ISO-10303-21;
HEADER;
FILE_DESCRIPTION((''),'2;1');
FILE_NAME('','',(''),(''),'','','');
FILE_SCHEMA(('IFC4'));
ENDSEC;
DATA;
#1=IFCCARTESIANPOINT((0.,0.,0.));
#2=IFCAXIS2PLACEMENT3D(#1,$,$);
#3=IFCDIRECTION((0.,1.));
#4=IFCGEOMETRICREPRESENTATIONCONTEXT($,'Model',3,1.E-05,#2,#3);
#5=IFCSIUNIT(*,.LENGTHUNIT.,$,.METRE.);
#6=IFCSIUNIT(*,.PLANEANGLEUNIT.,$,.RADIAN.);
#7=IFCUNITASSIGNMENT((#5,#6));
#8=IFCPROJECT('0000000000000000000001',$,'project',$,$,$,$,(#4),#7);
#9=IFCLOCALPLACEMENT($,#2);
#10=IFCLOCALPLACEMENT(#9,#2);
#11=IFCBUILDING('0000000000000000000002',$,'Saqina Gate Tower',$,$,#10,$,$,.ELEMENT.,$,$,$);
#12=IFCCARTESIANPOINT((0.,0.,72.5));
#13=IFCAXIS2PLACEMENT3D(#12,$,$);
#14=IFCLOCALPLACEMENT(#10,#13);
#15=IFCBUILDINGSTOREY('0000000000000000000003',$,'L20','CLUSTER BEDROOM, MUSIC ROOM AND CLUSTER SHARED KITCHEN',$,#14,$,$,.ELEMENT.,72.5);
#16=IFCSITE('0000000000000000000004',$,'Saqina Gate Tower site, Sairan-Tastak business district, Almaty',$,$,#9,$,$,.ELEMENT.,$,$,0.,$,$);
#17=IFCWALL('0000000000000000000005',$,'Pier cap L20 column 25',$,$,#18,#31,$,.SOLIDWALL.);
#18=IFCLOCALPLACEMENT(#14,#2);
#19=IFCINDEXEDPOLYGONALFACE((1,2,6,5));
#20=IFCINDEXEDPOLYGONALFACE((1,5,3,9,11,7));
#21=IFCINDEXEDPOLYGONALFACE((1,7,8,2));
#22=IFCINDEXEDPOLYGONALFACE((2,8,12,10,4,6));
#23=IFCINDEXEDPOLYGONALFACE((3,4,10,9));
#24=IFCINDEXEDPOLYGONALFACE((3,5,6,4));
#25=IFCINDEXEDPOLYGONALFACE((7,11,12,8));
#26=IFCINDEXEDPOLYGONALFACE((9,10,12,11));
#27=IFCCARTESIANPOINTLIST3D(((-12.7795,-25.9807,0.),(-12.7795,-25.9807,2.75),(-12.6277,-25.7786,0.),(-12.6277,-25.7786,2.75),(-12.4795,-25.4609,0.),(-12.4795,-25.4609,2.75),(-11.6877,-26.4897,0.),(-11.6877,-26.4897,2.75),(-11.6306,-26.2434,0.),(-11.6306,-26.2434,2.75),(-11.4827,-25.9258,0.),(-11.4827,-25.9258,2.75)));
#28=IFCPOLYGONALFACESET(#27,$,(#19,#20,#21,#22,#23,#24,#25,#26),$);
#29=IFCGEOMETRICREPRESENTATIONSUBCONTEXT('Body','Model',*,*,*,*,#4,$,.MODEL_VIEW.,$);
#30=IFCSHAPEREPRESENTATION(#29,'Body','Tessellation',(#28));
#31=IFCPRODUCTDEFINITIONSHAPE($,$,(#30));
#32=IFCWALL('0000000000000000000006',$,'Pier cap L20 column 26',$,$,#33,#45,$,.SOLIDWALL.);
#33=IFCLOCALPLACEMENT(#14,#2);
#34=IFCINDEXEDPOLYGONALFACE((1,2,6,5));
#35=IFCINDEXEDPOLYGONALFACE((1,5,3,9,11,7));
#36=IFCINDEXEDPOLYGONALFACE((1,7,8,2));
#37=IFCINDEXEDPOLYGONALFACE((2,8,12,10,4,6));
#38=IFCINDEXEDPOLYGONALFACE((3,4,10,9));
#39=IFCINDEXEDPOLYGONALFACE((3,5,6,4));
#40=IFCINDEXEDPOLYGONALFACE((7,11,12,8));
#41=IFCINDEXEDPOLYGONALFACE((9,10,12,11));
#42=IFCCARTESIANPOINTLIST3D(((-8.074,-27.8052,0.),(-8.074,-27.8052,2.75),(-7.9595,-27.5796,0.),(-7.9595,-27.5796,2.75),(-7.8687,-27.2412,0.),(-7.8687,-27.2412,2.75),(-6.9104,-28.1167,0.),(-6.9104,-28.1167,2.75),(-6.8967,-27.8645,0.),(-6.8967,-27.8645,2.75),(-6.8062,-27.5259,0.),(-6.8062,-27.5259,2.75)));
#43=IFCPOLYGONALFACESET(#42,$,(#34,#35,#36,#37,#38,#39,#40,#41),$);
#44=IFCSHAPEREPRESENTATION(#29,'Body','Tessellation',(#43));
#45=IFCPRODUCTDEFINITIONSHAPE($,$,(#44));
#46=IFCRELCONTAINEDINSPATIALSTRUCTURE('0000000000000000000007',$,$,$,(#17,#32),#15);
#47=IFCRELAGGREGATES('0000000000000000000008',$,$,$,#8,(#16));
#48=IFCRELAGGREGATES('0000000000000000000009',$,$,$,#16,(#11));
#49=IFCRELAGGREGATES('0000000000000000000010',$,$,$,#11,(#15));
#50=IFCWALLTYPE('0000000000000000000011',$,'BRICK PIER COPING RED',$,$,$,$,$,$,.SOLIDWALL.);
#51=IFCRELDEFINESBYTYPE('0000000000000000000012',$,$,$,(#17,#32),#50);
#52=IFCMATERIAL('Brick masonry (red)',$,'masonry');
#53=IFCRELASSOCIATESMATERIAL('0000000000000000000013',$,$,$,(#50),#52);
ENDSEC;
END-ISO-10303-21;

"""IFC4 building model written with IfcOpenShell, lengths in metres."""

from ifc_helpers import new_model, si_unit, direction, frame, origin, place, context, subcontext, project, spatial, polyline, outline, extrude, material, type_object, element, save


model = new_model("IFC4")

# Units and contexts
model_context = context("Model", 3, precision=1e-05, world=origin(), true_north=direction((0.0, 1.0)))
body_context = subcontext(model_context, "Body", "Model", "MODEL_VIEW")
ifc_project = project(units=[si_unit("LENGTHUNIT", "METRE"), si_unit("PLANEANGLEUNIT", "RADIAN")], contexts=[model_context])

# Site, building, storey
site_placement = place(None, origin())
site = spatial("IfcSite", under=ifc_project, at=site_placement, Name="Saqina Gate Tower site, Sairan-Tastak business district, Almaty", CompositionType="ELEMENT", RefElevation=0.0)
building_placement = place(site_placement, origin())
building = spatial("IfcBuilding", under=site, at=building_placement, Name="Saqina Gate Tower", CompositionType="ELEMENT")
storey_placement = place(building_placement, frame((0.0, 0.0, 72.5)))
storey = spatial("IfcBuildingStorey", under=building, at=storey_placement, Name="L20", Description="CLUSTER BEDROOM, MUSIC ROOM AND CLUSTER SHARED KITCHEN", CompositionType="ELEMENT", Elevation=72.5)

# Walls
ifc_material_1 = material(Name="Brick masonry (red)", Category="masonry")
wall_type = type_object("IfcWallType", Name="BRICK PIER COPING RED", PredefinedType="SOLIDWALL", material=ifc_material_1)
wall_1_placement = place(storey_placement, origin())
element("IfcWall", 1, at=wall_1_placement, inside=storey, type_object=wall_type, Name="Pier cap L20 column 25", PredefinedType="SOLIDWALL", context=body_context, shape_type="SweptSolid", body=[
    extrude(outline(polyline([(-11.6877, -26.4897), (-11.4827, -25.9258), (-11.6306, -26.2434), (-12.6277, -25.7786), (-12.4795, -25.4609), (-12.7795, -25.9807), (-11.6877, -26.4897)])), origin(), (0.0, 0.0, 1.0), 2.75),
])
wall_2_placement = place(storey_placement, origin())
element("IfcWall", 2, at=wall_2_placement, inside=storey, type_object=wall_type, Name="Pier cap L20 column 26", PredefinedType="SOLIDWALL", context=body_context, shape_type="SweptSolid", body=[
    extrude(outline(polyline([(-6.9104, -28.1167), (-6.8062, -27.5259), (-6.8967, -27.8645), (-7.9595, -27.5796), (-7.8687, -27.2412), (-8.074, -27.8052), (-6.9104, -28.1167)])), origin(), (0.0, 0.0, 1.0), 2.75),
])

save(model, "model.ifc")
